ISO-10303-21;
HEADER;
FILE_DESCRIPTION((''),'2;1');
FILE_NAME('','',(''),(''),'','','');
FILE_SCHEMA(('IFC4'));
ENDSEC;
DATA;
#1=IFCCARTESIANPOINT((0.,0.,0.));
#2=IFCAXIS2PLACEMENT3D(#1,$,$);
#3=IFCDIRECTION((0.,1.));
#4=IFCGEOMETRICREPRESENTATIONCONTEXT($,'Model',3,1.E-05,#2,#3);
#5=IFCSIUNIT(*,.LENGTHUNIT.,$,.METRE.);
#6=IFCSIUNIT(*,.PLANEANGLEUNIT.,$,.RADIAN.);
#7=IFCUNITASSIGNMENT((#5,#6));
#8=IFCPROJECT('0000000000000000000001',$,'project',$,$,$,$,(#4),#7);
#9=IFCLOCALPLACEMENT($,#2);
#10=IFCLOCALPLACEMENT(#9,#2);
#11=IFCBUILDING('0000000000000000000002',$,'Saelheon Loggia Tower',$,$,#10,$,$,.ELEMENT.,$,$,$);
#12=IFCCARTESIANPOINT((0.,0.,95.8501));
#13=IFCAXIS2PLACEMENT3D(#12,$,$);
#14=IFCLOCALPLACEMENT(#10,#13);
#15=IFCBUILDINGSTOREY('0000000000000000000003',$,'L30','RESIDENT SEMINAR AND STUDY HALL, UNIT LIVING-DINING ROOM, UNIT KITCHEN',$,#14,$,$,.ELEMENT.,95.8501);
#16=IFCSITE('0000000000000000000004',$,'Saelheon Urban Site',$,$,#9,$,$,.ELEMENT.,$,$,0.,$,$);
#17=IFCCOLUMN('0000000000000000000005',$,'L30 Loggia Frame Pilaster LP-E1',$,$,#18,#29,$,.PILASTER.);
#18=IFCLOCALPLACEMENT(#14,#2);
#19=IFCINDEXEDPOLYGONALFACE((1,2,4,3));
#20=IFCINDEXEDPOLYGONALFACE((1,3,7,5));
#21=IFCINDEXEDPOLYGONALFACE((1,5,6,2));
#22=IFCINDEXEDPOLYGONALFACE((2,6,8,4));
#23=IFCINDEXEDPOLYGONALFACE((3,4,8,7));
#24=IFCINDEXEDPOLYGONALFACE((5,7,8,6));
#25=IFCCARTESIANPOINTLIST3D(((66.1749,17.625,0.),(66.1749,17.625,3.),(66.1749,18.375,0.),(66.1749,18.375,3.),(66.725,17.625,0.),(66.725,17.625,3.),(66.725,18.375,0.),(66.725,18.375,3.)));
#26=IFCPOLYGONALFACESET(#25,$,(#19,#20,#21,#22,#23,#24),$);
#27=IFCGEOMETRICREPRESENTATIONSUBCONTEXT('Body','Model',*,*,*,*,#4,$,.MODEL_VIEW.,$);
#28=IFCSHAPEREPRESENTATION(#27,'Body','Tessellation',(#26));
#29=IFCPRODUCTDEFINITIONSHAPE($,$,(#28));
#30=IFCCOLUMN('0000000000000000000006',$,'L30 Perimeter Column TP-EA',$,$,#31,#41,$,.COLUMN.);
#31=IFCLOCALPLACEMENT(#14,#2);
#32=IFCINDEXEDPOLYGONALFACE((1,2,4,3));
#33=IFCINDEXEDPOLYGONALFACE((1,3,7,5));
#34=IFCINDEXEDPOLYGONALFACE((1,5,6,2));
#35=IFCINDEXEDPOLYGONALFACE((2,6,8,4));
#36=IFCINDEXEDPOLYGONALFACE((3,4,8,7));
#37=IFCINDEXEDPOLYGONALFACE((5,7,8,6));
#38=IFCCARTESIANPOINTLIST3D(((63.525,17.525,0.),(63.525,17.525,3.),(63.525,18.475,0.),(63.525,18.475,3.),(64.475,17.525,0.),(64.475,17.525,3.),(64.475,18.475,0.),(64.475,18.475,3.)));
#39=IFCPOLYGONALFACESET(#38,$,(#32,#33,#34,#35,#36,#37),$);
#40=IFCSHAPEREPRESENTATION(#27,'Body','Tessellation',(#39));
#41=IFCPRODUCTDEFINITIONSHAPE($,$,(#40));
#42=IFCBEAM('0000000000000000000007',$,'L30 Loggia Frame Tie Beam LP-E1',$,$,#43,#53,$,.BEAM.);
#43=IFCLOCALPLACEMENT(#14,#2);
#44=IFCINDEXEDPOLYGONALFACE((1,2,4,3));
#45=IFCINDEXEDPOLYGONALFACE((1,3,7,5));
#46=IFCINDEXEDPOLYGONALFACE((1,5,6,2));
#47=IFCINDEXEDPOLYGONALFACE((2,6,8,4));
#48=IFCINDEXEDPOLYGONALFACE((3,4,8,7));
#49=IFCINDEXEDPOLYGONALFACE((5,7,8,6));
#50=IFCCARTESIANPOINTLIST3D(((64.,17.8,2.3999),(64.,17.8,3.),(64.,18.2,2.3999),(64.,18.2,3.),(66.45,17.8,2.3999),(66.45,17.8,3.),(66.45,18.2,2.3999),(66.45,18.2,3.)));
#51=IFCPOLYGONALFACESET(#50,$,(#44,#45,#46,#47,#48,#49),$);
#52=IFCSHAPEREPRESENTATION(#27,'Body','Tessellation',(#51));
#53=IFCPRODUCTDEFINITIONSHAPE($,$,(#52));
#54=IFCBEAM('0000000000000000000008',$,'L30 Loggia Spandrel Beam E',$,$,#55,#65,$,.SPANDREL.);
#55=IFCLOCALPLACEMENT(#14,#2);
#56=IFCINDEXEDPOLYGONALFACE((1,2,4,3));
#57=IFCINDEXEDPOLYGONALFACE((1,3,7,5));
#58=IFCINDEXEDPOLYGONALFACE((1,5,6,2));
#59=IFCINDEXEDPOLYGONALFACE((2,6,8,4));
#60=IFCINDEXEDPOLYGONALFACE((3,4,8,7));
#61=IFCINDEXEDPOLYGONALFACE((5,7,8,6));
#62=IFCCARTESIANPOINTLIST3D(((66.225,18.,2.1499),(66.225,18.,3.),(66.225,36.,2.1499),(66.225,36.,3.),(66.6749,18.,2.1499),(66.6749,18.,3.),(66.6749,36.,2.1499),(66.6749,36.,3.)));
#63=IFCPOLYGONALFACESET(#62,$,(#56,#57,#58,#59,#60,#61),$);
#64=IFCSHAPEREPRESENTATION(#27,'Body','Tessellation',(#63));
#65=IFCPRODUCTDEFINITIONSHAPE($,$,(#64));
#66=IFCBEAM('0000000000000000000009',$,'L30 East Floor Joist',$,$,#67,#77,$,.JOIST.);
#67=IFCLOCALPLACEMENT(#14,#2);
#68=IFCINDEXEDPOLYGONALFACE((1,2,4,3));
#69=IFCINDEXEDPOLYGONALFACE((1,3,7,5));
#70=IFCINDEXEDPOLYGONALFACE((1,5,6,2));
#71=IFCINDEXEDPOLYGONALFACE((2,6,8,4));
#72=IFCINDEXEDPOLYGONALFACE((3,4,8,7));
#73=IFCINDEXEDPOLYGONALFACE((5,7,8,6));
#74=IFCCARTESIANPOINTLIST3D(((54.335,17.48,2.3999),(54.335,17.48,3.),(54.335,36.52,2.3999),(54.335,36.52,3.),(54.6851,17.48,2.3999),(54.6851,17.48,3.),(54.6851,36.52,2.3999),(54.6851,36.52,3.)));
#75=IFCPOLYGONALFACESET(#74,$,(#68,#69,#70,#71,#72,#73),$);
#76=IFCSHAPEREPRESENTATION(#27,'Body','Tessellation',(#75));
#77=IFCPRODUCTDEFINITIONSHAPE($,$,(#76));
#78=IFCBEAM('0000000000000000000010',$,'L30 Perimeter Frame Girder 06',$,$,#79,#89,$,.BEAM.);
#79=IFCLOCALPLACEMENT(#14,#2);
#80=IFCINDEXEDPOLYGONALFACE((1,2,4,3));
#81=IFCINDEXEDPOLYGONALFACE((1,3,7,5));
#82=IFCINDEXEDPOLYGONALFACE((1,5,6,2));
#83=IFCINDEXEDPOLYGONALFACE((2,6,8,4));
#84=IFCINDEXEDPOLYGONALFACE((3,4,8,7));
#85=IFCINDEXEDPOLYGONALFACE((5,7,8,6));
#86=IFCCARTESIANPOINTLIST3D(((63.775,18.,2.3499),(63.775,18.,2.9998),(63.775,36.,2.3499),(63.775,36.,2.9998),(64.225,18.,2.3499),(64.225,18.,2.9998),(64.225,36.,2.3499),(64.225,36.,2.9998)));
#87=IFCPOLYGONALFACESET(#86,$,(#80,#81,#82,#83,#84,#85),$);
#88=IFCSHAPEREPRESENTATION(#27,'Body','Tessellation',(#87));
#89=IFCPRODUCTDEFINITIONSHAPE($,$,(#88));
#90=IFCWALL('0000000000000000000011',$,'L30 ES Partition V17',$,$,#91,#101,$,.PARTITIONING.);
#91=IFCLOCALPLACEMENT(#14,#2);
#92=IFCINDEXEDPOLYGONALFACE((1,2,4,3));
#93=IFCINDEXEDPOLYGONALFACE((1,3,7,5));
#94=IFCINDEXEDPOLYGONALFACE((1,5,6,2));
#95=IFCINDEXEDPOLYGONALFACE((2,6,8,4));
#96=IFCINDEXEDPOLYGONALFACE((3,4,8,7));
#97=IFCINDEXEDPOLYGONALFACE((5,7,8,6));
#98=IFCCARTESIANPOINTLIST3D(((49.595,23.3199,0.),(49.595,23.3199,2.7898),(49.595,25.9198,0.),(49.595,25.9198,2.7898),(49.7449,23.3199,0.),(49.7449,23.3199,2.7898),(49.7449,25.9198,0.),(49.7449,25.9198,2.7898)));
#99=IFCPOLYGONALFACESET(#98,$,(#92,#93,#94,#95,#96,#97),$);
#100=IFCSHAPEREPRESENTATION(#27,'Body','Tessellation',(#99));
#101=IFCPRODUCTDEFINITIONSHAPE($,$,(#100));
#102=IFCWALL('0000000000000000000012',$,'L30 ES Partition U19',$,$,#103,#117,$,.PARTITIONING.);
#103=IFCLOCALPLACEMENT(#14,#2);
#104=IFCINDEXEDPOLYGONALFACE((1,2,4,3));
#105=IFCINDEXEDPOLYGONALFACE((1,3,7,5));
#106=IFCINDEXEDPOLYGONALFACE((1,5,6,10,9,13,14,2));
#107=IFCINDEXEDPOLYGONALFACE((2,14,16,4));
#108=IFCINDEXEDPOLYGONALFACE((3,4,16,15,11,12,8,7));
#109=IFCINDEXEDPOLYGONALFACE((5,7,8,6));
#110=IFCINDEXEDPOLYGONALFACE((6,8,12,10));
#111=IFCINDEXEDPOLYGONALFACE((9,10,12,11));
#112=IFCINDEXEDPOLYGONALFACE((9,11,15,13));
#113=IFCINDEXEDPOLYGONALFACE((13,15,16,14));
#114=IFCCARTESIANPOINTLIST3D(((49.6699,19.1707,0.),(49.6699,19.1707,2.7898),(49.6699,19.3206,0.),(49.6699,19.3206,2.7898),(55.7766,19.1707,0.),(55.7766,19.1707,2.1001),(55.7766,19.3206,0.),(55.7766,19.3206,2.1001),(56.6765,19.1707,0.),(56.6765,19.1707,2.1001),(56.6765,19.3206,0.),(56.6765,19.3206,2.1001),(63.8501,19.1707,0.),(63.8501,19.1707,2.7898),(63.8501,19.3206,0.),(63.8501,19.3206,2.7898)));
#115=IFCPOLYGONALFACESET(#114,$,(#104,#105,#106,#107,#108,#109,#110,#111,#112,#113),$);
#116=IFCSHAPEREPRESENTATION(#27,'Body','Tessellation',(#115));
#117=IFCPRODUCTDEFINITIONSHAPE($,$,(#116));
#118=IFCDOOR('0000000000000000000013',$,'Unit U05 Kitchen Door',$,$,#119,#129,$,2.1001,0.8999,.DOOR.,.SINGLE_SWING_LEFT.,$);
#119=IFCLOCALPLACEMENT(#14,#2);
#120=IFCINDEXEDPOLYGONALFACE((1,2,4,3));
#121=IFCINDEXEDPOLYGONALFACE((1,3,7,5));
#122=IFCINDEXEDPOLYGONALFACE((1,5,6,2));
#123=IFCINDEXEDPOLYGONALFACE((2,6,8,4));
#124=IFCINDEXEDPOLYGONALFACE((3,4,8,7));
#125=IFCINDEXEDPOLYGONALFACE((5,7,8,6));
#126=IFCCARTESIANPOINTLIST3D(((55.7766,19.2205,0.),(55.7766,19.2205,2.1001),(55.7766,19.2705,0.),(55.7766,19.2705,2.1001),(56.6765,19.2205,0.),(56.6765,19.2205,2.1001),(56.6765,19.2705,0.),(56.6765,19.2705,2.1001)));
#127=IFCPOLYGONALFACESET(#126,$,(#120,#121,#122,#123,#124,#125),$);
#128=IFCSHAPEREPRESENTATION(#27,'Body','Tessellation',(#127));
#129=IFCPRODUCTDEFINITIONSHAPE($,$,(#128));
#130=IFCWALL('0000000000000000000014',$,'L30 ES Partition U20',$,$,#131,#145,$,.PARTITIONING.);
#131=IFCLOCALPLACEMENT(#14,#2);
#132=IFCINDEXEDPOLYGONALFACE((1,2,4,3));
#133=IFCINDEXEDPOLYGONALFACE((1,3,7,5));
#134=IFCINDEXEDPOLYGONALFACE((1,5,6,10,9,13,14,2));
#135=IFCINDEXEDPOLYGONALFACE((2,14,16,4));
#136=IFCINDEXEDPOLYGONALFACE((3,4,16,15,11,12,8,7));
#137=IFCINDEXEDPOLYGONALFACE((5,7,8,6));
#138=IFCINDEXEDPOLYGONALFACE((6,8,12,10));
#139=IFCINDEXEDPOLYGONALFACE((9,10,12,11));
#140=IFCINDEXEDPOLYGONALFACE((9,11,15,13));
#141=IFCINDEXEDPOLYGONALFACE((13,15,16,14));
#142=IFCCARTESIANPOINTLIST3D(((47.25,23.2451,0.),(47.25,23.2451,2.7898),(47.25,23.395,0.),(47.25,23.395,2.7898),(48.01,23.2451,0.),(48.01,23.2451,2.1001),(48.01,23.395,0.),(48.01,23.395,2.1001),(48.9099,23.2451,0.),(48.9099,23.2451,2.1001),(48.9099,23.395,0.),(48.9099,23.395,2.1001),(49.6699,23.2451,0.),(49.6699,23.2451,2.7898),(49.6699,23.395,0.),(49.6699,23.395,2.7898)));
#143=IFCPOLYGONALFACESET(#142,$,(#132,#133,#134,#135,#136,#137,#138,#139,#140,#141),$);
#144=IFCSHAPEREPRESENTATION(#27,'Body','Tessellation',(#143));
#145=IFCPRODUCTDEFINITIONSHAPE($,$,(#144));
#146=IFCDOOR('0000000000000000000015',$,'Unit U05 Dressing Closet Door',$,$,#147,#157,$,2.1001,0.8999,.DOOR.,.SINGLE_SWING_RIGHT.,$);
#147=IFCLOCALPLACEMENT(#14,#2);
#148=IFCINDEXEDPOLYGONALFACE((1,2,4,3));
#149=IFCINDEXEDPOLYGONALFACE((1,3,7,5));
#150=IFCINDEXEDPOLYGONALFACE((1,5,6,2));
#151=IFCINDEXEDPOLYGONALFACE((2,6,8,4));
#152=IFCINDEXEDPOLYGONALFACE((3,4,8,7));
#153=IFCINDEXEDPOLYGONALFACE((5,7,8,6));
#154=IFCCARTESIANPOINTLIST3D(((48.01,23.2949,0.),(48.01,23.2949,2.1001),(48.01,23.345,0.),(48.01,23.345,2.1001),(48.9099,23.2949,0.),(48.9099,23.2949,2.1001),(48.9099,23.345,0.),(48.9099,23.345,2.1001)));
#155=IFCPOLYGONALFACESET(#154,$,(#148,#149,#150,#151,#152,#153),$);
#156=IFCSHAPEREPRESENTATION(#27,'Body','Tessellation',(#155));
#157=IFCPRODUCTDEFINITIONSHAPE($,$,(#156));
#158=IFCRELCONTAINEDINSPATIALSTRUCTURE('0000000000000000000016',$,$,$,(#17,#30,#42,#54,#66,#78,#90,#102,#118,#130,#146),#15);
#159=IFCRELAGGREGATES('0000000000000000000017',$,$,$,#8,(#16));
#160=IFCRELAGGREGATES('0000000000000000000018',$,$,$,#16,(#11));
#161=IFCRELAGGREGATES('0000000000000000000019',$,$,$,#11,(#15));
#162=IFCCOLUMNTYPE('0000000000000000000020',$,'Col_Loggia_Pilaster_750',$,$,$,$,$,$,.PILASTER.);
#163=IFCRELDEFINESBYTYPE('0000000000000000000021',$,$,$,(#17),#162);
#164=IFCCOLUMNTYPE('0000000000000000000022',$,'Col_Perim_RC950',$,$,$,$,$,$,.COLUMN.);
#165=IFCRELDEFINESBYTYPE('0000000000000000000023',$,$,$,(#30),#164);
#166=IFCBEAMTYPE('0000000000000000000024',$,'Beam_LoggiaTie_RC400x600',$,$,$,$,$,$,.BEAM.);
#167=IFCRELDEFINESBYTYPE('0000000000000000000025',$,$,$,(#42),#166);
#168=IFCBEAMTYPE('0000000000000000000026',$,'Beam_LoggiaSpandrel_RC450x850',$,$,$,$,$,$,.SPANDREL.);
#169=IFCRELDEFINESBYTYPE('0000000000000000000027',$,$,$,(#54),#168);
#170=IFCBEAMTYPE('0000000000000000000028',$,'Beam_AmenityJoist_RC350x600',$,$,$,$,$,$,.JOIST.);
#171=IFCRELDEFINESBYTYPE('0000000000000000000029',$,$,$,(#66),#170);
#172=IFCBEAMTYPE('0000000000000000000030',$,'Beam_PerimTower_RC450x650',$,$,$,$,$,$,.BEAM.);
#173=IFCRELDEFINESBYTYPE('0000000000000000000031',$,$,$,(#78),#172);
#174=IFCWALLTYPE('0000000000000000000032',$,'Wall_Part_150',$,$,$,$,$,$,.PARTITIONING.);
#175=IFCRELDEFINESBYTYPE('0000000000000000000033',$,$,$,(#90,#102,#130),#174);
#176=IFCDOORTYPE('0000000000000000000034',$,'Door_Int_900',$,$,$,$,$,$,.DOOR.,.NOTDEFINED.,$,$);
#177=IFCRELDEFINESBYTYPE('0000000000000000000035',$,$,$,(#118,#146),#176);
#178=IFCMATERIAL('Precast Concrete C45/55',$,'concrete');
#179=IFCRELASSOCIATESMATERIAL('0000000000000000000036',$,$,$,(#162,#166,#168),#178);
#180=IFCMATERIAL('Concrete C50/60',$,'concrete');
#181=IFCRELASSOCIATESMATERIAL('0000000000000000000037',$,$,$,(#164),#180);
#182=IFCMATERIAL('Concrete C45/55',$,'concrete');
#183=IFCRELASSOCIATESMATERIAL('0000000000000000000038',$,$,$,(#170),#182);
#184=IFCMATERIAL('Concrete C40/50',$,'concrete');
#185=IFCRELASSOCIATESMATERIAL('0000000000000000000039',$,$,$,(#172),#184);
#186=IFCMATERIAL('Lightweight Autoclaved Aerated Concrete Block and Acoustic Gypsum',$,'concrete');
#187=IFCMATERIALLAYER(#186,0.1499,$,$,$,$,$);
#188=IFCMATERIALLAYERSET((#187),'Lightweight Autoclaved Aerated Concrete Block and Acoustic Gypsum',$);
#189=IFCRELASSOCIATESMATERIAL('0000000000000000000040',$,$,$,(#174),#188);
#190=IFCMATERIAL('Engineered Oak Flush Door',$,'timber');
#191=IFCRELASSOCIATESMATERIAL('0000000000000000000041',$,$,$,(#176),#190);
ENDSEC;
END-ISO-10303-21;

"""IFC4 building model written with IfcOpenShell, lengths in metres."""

from ifc_helpers import new_model, si_unit, direction, frame, frame_2d, origin, origin_2d, place, context, subcontext, project, spatial, rectangle, extrude, source, transform, mapped, material, layer, layer_set, material_profile, profile_set, type_object, element, fill, save


model = new_model("IFC4")

# Units and contexts
model_context = context("Model", 3, precision=1e-05, world=origin(), true_north=direction((0.0, 1.0)))
body_context = subcontext(model_context, "Body", "Model", "MODEL_VIEW")
ifc_project = project(units=[si_unit("LENGTHUNIT", "METRE"), si_unit("PLANEANGLEUNIT", "RADIAN")], contexts=[model_context])

# Site, building, storey
site_placement = place(None, origin())
site = spatial("IfcSite", under=ifc_project, at=site_placement, Name="Saelheon Urban Site", CompositionType="ELEMENT", RefElevation=0.0)
building_placement = place(site_placement, origin())
building = spatial("IfcBuilding", under=site, at=building_placement, Name="Saelheon Loggia Tower", CompositionType="ELEMENT")
storey_placement = place(building_placement, frame((0.0, 0.0, 95.8501)))
storey = spatial("IfcBuildingStorey", under=building, at=storey_placement, Name="L30", Description="RESIDENT SEMINAR AND STUDY HALL, UNIT LIVING-DINING ROOM, UNIT KITCHEN", CompositionType="ELEMENT", Elevation=95.8501)

# Columns
ifc_material_1 = material(Name="Precast Concrete C45/55", Category="concrete")
ifc_material_profile_1 = material_profile(ifc_material_1, rectangle(XDim=0.55, YDim=0.75, at=origin_2d()), Name="RC-550x750")
ifc_profile_set_1 = profile_set([ifc_material_profile_1], Name="Precast Concrete C45/55")
column_type_1 = type_object("IfcColumnType", Name="Col_Loggia_Pilaster_750", PredefinedType="PILASTER", material=ifc_profile_set_1)
shared_shape_1 = source(origin(), body_context, "Body", "SweptSolid", [
    extrude(rectangle(XDim=0.55, YDim=0.75, at=origin_2d()), origin(), (0.0, 0.0, 1.0), 3.0),
])
column_1_placement = place(storey_placement, frame((66.45, 18.0, 0.0), z_axis=(0.0, 0.0, 1.0), x_axis=(1.0, 0.0, 0.0)))
element("IfcColumn", 1, at=column_1_placement, inside=storey, type_object=column_type_1, Name="L30 Loggia Frame Pilaster LP-E1", PredefinedType="PILASTER", context=body_context, shape_type="MappedRepresentation", body=[
    mapped(shared_shape_1, transform((0.0, 0.0, 0.0), scale=1.0)),
])
ifc_material_2 = material(Name="Concrete C50/60", Category="concrete")
ifc_material_profile_2 = material_profile(ifc_material_2, rectangle(XDim=0.95, YDim=0.95, at=origin_2d()), Name="RC-950x950")
ifc_profile_set_2 = profile_set([ifc_material_profile_2], Name="Concrete C50/60")
column_type_2 = type_object("IfcColumnType", Name="Col_Perim_RC950", PredefinedType="COLUMN", material=ifc_profile_set_2)
shared_shape_2 = source(origin(), body_context, "Body", "SweptSolid", [
    extrude(rectangle(XDim=0.95, YDim=0.95, at=origin_2d()), origin(), (0.0, 0.0, 1.0), 3.0),
])
column_2_placement = place(storey_placement, frame((64.0, 18.0, 0.0), z_axis=(0.0, 0.0, 1.0), x_axis=(1.0, 0.0, 0.0)))
element("IfcColumn", 2, at=column_2_placement, inside=storey, type_object=column_type_2, Name="L30 Perimeter Column TP-EA", PredefinedType="COLUMN", context=body_context, shape_type="MappedRepresentation", body=[
    mapped(shared_shape_2, transform((0.0, 0.0, 0.0), scale=1.0)),
])

# Beams
ifc_material_profile_3 = material_profile(ifc_material_1, rectangle(XDim=0.3999, YDim=0.6001, at=origin_2d()), Name="RC-400x600")
ifc_profile_set_3 = profile_set([ifc_material_profile_3], Name="Precast Concrete C45/55")
beam_type_1 = type_object("IfcBeamType", Name="Beam_LoggiaTie_RC400x600", PredefinedType="BEAM", material=ifc_profile_set_3)
shared_shape_3 = source(origin(), body_context, "Body", "SweptSolid", [
    extrude(rectangle(XDim=0.3999, YDim=0.6001, at=origin_2d()), origin(), (0.0, 0.0, 1.0), 2.45),
])
beam_1_placement = place(storey_placement, frame((64.0, 18.0, 2.7), z_axis=(1.0, 0.0, 0.0), x_axis=(0.0, 1.0, 0.0)))
element("IfcBeam", 3, at=beam_1_placement, inside=storey, type_object=beam_type_1, Name="L30 Loggia Frame Tie Beam LP-E1", PredefinedType="BEAM", context=body_context, shape_type="MappedRepresentation", body=[
    mapped(shared_shape_3, transform((0.0, 0.0, 0.0), scale=1.0)),
])
ifc_material_profile_4 = material_profile(ifc_material_1, rectangle(XDim=0.45, YDim=0.8501, at=origin_2d()), Name="RC-450x850")
ifc_profile_set_4 = profile_set([ifc_material_profile_4], Name="Precast Concrete C45/55")
beam_type_2 = type_object("IfcBeamType", Name="Beam_LoggiaSpandrel_RC450x850", PredefinedType="SPANDREL", material=ifc_profile_set_4)
shared_shape_4 = source(origin(), body_context, "Body", "SweptSolid", [
    extrude(rectangle(XDim=0.45, YDim=0.8501, at=origin_2d()), origin(), (0.0, 0.0, 1.0), 18.0),
])
beam_2_placement = place(storey_placement, frame((66.45, 18.0, 2.575), z_axis=(0.0, 1.0, 0.0), x_axis=(-1.0, 0.0, 0.0)))
element("IfcBeam", 4, at=beam_2_placement, inside=storey, type_object=beam_type_2, Name="L30 Loggia Spandrel Beam E", PredefinedType="SPANDREL", context=body_context, shape_type="MappedRepresentation", body=[
    mapped(shared_shape_4, transform((0.0, 0.0, 0.0), scale=1.0)),
])
ifc_material_3 = material(Name="Concrete C45/55", Category="concrete")
ifc_material_profile_5 = material_profile(ifc_material_3, rectangle(XDim=0.3501, YDim=0.6001, at=origin_2d()), Name="RC-350x600")
ifc_profile_set_5 = profile_set([ifc_material_profile_5], Name="Concrete C45/55")
beam_type_3 = type_object("IfcBeamType", Name="Beam_AmenityJoist_RC350x600", PredefinedType="JOIST", material=ifc_profile_set_5)
shared_shape_5 = source(origin(), body_context, "Body", "SweptSolid", [
    extrude(rectangle(XDim=0.3501, YDim=0.6001, at=origin_2d()), origin(), (0.0, 0.0, 1.0), 19.04),
])
beam_3_placement = place(storey_placement, frame((54.51, 17.48, 2.7), z_axis=(0.0, 1.0, 0.0), x_axis=(-1.0, 0.0, 0.0)))
element("IfcBeam", 5, at=beam_3_placement, inside=storey, type_object=beam_type_3, Name="L30 East Floor Joist", PredefinedType="JOIST", context=body_context, shape_type="MappedRepresentation", body=[
    mapped(shared_shape_5, transform((0.0, 0.0, 0.0), scale=1.0)),
])
ifc_material_4 = material(Name="Concrete C40/50", Category="concrete")
ifc_material_profile_6 = material_profile(ifc_material_4, rectangle(XDim=0.45, YDim=0.6499, at=origin_2d()), Name="RC-450x650")
ifc_profile_set_6 = profile_set([ifc_material_profile_6], Name="Concrete C40/50")
beam_type_4 = type_object("IfcBeamType", Name="Beam_PerimTower_RC450x650", PredefinedType="BEAM", material=ifc_profile_set_6)
shared_shape_6 = source(origin(), body_context, "Body", "SweptSolid", [
    extrude(rectangle(XDim=0.45, YDim=0.6499, at=origin_2d()), origin(), (0.0, 0.0, 1.0), 18.0),
])
beam_4_placement = place(storey_placement, frame((64.0, 18.0, 2.6748), z_axis=(0.0, 1.0, 0.0), x_axis=(-1.0, 0.0, 0.0)))
element("IfcBeam", 6, at=beam_4_placement, inside=storey, type_object=beam_type_4, Name="L30 Perimeter Frame Girder 06", PredefinedType="BEAM", context=body_context, shape_type="MappedRepresentation", body=[
    mapped(shared_shape_6, transform((0.0, 0.0, 0.0), scale=1.0)),
])

# Wall
ifc_material_5 = material(Name="Lightweight Autoclaved Aerated Concrete Block and Acoustic Gypsum", Category="concrete")
ifc_layer_1 = layer(ifc_material_5, 0.1499)
ifc_layer_set_1 = layer_set([ifc_layer_1], Name="Lightweight Autoclaved Aerated Concrete Block and Acoustic Gypsum")
wall_type_1 = type_object("IfcWallType", Name="Wall_Part_150", PredefinedType="PARTITIONING", material=ifc_layer_set_1)
wall_1_placement = place(storey_placement, frame((49.6699, 23.3201, 0.0), z_axis=(0.0, 0.0, 1.0), x_axis=(0.0, 1.0, 0.0)))
element("IfcWall", 7, at=wall_1_placement, inside=storey, type_object=wall_type_1, Name="L30 ES Partition V17", PredefinedType="PARTITIONING", context=body_context, shape_type="SweptSolid", body=[
    extrude(rectangle(XDim=2.5999, YDim=0.1499, at=frame_2d((1.2998, 0.0))), origin(), (0.0, 0.0, 1.0), 2.7898),
])

# Walls, openings, doors
wall_2_placement = place(storey_placement, frame((49.6699, 19.2456, 0.0), z_axis=(0.0, 0.0, 1.0), x_axis=(1.0, 0.0, 0.0)))
wall_2 = element("IfcWall", 8, at=wall_2_placement, inside=storey, type_object=wall_type_1, Name="L30 ES Partition U19", PredefinedType="PARTITIONING", context=body_context, shape_type="SweptSolid", body=[
    extrude(rectangle(XDim=14.1802, YDim=0.1499, at=frame_2d((7.0901, 0.0))), origin(), (0.0, 0.0, 1.0), 2.7898),
])
opening_1_placement = place(wall_2_placement, frame((6.1067, 0.0, 0.0)))
opening_1 = element("IfcOpeningElement", 9, at=opening_1_placement, cuts=wall_2, PredefinedType="OPENING", context=body_context, shape_type="SweptSolid", body=[
    extrude(rectangle(XDim=0.8999, YDim=2.1001, at=frame_2d((0.45, 1.05))), frame((0.0, 0.0869, 0.0), z_axis=(0.0, -1.0, 0.0), x_axis=(1.0, 0.0, 0.0)), (0.0, 0.0, 1.0), 0.1738),
])
ifc_material_6 = material(Name="Engineered Oak Flush Door", Category="timber")
door_type_1 = type_object("IfcDoorType", Name="Door_Int_900", OperationType="NOTDEFINED", PredefinedType="DOOR", material=ifc_material_6)
shared_shape_7 = source(origin(), body_context, "Body", "SweptSolid", [
    extrude(rectangle(XDim=0.8999, YDim=2.1001, at=frame_2d((0.45, 1.05))), frame((0.0, 0.0249, 0.0), z_axis=(0.0, -1.0, 0.0), x_axis=(1.0, 0.0, 0.0)), (0.0, 0.0, 1.0), 0.05),
])
door_1_placement = place(opening_1_placement, origin())
door_1 = element("IfcDoor", 10, at=door_1_placement, inside=storey, type_object=door_type_1, Name="Unit U05 Kitchen Door", OperationType="SINGLE_SWING_LEFT", OverallHeight=2.1001, OverallWidth=0.8999, PredefinedType="DOOR", context=body_context, shape_type="MappedRepresentation", body=[
    mapped(shared_shape_7, transform((0.0, 0.0, 0.0), scale=1.0)),
])
fill(opening_1, door_1)
wall_3_placement = place(storey_placement, frame((47.25, 23.3201, 0.0), z_axis=(0.0, 0.0, 1.0), x_axis=(1.0, 0.0, 0.0)))
wall_3 = element("IfcWall", 11, at=wall_3_placement, inside=storey, type_object=wall_type_1, Name="L30 ES Partition U20", PredefinedType="PARTITIONING", context=body_context, shape_type="SweptSolid", body=[
    extrude(rectangle(XDim=2.4199, YDim=0.1499, at=frame_2d((1.21, 0.0))), origin(), (0.0, 0.0, 1.0), 2.7898),
])
opening_2_placement = place(wall_3_placement, frame((0.76, 0.0, 0.0)))
opening_2 = element("IfcOpeningElement", 12, at=opening_2_placement, cuts=wall_3, PredefinedType="OPENING", context=body_context, shape_type="SweptSolid", body=[
    extrude(rectangle(XDim=0.8999, YDim=2.1001, at=frame_2d((0.45, 1.05))), frame((0.0, 0.0869, 0.0), z_axis=(0.0, -1.0, 0.0), x_axis=(1.0, 0.0, 0.0)), (0.0, 0.0, 1.0), 0.1738),
])
door_2_placement = place(opening_2_placement, origin())
door_2 = element("IfcDoor", 13, at=door_2_placement, inside=storey, type_object=door_type_1, Name="Unit U05 Dressing Closet Door", OperationType="SINGLE_SWING_RIGHT", OverallHeight=2.1001, OverallWidth=0.8999, PredefinedType="DOOR", context=body_context, shape_type="MappedRepresentation", body=[
    mapped(shared_shape_7, transform((0.0, 0.0, 0.0), scale=1.0)),
])
fill(opening_2, door_2)

save(model, "model.ifc")
